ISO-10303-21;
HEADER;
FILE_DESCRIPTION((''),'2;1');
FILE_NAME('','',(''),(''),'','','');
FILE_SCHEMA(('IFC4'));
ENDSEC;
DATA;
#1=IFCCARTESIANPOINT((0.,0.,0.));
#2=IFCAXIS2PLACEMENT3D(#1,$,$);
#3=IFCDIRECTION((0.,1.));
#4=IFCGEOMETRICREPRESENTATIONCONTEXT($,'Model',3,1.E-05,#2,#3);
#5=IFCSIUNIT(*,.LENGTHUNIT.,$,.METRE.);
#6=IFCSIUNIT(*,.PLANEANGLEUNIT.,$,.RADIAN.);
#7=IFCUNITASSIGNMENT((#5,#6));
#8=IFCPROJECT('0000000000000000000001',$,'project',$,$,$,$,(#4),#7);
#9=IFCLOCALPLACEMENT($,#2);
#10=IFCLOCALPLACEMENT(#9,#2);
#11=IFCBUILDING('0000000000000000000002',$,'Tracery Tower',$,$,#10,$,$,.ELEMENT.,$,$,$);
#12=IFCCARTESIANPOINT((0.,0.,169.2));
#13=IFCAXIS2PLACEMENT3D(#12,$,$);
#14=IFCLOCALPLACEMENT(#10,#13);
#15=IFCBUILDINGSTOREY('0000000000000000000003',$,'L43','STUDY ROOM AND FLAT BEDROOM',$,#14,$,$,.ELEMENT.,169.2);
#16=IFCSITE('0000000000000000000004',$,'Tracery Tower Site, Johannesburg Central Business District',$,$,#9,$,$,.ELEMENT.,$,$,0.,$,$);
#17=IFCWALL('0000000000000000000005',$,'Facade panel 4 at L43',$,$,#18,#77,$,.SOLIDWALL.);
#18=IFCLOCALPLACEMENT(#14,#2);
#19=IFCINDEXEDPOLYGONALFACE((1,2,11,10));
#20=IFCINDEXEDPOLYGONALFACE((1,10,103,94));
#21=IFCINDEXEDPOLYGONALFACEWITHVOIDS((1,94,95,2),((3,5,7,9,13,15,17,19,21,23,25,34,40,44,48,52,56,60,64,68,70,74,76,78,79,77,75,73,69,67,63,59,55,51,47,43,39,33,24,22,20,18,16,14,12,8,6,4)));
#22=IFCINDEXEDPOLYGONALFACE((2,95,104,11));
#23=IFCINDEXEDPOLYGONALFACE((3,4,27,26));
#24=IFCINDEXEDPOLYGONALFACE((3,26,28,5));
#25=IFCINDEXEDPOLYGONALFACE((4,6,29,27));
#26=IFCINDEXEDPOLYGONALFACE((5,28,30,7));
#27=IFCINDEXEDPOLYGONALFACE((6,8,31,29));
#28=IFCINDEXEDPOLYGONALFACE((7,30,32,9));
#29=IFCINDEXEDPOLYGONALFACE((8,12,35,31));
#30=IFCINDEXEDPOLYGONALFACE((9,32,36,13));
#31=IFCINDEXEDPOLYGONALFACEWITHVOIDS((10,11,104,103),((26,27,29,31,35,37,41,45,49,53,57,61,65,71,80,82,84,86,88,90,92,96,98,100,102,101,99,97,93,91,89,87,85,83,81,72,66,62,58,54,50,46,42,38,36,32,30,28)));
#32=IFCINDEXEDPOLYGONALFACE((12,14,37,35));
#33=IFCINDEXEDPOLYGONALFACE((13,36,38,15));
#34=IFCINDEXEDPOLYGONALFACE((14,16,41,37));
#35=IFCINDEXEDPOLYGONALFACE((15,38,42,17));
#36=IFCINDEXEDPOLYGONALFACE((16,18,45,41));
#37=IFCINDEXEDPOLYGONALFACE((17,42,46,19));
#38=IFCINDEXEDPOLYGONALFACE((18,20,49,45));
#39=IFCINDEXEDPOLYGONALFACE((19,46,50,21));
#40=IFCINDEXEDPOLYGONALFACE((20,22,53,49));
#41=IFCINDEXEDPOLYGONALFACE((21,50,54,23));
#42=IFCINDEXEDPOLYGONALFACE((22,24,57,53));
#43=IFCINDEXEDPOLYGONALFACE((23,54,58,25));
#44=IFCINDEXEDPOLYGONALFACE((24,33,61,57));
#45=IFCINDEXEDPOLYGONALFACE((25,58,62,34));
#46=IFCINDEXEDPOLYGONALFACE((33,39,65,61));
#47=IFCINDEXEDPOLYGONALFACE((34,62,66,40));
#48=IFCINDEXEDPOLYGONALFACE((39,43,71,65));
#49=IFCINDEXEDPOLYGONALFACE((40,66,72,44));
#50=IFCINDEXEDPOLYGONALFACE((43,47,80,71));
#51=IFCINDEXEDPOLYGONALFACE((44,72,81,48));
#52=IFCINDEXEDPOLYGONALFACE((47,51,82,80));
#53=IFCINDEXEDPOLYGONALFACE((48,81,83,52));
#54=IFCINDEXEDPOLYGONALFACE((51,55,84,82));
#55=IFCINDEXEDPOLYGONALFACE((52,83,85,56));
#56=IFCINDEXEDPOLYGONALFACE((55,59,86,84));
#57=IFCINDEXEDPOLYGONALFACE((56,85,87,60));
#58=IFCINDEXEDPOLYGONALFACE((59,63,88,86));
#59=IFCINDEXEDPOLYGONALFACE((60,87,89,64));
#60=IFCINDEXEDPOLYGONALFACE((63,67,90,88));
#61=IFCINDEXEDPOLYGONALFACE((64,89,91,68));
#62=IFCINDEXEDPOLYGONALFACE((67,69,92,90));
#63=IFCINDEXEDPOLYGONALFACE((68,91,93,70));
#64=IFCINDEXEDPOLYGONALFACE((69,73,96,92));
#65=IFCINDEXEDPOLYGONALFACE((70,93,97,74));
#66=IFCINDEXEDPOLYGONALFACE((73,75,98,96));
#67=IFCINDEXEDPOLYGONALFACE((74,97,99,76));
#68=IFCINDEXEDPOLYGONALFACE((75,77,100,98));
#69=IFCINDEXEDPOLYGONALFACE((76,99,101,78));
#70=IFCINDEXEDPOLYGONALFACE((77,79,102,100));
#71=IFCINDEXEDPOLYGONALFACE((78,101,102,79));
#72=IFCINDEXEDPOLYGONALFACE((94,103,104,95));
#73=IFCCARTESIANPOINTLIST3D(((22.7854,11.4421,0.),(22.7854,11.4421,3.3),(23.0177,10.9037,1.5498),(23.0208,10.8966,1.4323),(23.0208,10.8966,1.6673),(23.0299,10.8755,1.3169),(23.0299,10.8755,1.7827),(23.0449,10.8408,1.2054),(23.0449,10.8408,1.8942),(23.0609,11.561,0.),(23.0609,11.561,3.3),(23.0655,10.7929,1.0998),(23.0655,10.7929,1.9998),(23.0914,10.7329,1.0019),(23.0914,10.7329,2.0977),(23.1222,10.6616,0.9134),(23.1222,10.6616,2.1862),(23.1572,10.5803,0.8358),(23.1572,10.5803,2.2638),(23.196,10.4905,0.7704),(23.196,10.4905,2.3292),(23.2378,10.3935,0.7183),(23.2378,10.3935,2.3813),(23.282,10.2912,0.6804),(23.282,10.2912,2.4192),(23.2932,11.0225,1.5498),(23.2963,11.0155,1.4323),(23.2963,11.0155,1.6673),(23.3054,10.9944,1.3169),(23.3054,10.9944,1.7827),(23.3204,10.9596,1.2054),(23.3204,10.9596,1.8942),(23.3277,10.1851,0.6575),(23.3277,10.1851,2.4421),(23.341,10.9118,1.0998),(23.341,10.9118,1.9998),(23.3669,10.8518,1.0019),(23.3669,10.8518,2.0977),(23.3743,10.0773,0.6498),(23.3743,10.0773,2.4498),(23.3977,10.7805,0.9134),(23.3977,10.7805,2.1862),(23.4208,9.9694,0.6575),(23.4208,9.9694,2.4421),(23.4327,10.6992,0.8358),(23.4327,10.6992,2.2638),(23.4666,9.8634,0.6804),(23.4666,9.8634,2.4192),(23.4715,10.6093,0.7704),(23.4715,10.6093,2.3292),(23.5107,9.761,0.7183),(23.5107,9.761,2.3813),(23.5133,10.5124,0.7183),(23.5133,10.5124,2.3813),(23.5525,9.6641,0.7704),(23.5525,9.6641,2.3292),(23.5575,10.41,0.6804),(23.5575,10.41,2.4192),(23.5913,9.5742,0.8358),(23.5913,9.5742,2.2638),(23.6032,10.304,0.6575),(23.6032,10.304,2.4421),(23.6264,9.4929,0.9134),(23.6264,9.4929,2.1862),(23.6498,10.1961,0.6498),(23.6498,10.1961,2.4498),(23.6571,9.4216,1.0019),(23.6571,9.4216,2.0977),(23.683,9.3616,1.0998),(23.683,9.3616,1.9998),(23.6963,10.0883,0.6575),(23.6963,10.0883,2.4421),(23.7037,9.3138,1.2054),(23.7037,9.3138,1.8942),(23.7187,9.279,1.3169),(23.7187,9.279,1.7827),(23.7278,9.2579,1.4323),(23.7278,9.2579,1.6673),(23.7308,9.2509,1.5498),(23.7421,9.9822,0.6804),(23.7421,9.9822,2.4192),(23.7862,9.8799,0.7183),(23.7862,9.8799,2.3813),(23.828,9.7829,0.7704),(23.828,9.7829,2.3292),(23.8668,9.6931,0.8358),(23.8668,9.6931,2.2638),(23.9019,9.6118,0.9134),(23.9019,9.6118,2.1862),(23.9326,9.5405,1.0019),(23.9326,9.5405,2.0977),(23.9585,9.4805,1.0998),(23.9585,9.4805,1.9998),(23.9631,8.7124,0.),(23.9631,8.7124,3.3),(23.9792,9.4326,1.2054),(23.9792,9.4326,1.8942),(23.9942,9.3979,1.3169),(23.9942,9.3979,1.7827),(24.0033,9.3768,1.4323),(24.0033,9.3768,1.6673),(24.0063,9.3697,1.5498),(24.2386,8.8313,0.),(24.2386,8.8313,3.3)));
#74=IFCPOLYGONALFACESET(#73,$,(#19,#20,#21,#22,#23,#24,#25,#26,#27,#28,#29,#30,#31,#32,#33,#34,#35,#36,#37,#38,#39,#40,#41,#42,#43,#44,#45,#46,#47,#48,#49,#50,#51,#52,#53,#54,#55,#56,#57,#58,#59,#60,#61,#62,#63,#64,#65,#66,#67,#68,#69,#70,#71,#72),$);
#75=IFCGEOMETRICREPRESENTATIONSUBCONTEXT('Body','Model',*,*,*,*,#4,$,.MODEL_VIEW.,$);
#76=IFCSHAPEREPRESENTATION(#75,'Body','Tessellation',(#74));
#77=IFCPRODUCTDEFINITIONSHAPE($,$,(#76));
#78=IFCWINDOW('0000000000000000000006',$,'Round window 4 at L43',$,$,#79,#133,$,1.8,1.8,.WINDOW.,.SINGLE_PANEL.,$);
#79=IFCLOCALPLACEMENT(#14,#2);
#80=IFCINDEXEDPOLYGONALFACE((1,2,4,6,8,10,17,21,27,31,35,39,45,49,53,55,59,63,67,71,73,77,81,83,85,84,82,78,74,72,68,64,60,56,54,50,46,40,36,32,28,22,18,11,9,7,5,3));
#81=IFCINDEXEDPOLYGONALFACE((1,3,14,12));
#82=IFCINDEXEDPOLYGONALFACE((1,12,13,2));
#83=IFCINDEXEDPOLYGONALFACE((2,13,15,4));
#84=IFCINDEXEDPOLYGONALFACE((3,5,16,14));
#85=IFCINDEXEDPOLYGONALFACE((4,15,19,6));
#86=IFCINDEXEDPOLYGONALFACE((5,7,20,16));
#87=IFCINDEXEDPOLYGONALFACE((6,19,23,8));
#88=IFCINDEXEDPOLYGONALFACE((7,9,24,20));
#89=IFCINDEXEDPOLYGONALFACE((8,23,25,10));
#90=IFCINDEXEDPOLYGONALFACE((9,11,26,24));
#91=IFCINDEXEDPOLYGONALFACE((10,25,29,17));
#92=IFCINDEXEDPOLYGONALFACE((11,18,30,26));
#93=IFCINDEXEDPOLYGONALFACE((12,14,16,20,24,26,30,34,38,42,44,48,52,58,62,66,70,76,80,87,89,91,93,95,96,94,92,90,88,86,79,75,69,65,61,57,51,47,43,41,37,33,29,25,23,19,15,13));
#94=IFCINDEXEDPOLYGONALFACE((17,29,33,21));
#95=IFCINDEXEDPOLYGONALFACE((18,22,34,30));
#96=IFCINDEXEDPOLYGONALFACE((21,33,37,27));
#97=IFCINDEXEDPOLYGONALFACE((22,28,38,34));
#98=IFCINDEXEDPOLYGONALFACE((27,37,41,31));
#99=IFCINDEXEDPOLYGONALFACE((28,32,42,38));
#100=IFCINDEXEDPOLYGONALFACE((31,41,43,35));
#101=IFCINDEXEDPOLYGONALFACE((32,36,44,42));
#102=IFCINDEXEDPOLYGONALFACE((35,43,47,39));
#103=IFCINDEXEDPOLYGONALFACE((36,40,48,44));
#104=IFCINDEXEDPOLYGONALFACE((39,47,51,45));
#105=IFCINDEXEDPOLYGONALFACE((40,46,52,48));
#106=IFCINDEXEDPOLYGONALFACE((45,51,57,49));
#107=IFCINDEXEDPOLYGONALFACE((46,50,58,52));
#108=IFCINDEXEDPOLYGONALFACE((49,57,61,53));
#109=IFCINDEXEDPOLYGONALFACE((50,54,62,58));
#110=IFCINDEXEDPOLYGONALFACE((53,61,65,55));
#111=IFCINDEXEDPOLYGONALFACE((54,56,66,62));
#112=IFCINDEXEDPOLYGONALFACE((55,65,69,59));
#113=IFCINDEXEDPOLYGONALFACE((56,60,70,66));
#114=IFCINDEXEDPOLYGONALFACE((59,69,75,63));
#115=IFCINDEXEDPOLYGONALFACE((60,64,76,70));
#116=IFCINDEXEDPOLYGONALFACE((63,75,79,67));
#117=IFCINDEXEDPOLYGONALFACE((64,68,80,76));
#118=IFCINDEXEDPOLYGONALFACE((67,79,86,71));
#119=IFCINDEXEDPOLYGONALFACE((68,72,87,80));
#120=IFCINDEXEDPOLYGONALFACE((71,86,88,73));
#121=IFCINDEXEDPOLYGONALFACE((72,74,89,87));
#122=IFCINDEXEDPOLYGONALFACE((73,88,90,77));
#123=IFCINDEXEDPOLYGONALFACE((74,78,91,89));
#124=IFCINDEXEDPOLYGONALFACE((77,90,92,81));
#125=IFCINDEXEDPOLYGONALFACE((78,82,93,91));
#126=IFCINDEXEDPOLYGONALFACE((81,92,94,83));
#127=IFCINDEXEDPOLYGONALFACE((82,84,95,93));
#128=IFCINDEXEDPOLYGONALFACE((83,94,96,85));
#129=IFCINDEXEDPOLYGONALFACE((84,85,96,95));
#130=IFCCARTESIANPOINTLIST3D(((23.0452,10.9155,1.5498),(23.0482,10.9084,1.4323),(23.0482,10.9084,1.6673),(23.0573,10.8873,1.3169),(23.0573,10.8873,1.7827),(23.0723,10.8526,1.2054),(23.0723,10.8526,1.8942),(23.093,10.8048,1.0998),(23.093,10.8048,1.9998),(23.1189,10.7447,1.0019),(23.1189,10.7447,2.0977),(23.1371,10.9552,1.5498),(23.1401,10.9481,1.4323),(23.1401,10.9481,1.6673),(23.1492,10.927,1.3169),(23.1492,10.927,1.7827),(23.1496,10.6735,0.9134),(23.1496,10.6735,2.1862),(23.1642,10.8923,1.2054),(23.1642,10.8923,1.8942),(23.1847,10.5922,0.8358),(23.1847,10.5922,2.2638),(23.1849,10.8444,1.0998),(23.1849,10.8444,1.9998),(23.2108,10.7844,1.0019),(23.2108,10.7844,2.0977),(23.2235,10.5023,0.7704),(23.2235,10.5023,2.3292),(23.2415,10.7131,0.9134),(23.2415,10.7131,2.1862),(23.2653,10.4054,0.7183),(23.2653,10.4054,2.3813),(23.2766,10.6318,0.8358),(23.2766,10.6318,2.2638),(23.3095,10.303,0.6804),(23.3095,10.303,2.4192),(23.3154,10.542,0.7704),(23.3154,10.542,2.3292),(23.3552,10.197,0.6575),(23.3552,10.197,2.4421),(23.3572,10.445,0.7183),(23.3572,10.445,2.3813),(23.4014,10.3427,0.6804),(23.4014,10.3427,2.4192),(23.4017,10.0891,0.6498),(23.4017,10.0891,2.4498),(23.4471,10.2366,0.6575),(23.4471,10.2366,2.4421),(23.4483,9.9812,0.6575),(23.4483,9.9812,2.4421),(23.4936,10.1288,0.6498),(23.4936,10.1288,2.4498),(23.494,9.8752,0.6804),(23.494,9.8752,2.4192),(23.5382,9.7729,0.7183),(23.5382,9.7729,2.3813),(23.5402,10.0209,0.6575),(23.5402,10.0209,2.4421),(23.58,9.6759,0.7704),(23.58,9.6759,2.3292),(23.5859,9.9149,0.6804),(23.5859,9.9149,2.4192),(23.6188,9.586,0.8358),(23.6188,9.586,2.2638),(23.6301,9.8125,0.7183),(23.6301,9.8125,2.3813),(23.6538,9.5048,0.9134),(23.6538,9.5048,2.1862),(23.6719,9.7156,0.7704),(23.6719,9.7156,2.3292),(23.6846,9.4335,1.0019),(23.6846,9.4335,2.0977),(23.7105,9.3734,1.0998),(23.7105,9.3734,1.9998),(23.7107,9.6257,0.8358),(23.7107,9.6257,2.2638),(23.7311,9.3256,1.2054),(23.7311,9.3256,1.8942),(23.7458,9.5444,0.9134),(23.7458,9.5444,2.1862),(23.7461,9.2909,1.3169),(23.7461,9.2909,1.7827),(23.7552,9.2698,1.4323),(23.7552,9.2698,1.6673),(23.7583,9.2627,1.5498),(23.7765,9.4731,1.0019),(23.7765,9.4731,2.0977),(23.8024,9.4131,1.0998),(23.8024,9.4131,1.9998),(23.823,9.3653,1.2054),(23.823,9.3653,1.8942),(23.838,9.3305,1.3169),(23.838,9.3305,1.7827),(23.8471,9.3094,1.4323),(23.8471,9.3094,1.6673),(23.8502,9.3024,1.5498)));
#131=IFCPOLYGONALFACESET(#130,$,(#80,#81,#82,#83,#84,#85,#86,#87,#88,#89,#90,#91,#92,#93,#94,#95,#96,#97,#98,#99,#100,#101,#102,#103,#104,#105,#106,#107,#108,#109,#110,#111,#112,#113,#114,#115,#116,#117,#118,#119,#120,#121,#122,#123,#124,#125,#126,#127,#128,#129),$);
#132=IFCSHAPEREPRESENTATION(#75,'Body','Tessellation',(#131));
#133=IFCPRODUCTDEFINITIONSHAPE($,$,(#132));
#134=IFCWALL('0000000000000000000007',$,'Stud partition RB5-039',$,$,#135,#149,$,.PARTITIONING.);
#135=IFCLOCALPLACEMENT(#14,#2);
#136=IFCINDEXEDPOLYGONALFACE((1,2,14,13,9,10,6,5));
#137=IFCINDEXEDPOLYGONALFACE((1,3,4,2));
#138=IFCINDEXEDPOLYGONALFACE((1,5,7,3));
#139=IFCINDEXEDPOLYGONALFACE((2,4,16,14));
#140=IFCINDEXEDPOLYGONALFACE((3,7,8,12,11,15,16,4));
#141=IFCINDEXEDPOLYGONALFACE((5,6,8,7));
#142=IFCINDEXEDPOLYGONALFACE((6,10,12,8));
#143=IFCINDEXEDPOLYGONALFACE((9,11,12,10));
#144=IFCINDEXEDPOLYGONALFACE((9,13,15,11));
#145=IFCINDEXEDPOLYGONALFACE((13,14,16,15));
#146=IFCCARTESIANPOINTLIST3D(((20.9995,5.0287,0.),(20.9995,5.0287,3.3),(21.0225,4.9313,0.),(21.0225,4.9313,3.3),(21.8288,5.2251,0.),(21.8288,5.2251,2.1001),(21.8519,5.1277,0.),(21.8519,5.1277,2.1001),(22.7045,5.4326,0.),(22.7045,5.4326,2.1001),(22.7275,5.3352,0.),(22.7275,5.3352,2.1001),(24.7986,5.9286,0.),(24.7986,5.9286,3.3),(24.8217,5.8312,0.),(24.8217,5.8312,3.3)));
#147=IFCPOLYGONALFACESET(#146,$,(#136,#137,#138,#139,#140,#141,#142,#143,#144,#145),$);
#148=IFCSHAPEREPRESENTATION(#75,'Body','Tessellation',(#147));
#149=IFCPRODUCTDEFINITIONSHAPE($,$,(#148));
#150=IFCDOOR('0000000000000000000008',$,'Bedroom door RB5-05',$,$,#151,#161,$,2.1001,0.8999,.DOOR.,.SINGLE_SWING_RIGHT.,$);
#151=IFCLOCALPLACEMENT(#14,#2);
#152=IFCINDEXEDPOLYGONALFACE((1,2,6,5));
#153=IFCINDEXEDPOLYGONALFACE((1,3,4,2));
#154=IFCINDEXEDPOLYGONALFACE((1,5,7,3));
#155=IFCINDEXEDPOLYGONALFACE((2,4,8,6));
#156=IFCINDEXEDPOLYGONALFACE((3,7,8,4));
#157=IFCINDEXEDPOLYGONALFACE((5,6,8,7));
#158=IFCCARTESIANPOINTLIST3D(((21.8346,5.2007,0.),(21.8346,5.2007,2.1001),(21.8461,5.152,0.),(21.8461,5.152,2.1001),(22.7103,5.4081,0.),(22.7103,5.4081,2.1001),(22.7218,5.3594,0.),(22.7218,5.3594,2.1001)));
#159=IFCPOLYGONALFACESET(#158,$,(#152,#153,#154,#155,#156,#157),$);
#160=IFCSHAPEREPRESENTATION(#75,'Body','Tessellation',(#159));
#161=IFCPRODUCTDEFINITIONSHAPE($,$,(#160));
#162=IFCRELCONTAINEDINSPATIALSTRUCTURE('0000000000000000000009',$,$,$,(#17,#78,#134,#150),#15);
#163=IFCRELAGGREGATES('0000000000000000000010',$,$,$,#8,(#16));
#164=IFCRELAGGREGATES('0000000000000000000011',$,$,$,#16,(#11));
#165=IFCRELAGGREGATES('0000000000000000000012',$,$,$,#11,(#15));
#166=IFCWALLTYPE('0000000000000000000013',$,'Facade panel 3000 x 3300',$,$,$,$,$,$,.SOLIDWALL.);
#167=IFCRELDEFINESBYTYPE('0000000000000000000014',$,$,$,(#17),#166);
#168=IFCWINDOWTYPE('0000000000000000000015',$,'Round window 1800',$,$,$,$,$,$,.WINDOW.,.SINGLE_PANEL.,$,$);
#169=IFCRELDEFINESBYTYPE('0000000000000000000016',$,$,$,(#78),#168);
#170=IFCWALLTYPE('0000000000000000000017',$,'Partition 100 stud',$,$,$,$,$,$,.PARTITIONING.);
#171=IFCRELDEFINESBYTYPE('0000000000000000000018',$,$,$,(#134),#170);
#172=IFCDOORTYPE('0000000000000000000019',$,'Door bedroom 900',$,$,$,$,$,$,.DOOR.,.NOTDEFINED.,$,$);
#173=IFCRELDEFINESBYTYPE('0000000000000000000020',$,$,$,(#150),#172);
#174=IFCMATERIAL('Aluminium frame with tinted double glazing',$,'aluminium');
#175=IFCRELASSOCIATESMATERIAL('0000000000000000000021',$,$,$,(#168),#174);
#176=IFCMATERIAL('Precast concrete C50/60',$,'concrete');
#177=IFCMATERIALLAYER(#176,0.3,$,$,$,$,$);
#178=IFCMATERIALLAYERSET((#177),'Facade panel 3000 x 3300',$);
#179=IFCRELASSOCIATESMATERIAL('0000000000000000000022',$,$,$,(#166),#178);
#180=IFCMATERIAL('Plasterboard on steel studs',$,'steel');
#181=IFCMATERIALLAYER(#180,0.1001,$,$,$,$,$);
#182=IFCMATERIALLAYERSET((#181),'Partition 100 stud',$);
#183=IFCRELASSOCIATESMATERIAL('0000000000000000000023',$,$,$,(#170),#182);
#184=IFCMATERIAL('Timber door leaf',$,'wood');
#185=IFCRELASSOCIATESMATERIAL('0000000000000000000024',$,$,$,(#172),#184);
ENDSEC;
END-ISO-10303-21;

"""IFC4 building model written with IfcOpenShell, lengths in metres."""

from ifc_helpers import new_model, si_unit, direction, frame, frame_2d, origin, origin_2d, place, context, subcontext, project, spatial, rectangle, circle, extrude, material, layer, layer_set, type_object, element, fill, save


model = new_model("IFC4")

# Units and contexts
model_context = context("Model", 3, precision=1e-05, world=origin(), true_north=direction((0.0, 1.0)))
body_context = subcontext(model_context, "Body", "Model", "MODEL_VIEW")
ifc_project = project(units=[si_unit("LENGTHUNIT", "METRE"), si_unit("PLANEANGLEUNIT", "RADIAN")], contexts=[model_context])

# Site, building, storey
site_placement = place(None, origin())
site = spatial("IfcSite", under=ifc_project, at=site_placement, Name="Tracery Tower Site, Johannesburg Central Business District", CompositionType="ELEMENT", RefElevation=0.0)
building_placement = place(site_placement, origin())
building = spatial("IfcBuilding", under=site, at=building_placement, Name="Tracery Tower", CompositionType="ELEMENT")
storey_placement = place(building_placement, frame((0.0, 0.0, 169.2)))
storey = spatial("IfcBuildingStorey", under=building, at=storey_placement, Name="L43", Description="STUDY ROOM AND FLAT BEDROOM", CompositionType="ELEMENT", Elevation=169.2)

# Wall, opening, window
ifc_material_1 = material(Name="Aluminium frame with tinted double glazing", Category="aluminium")
window_type = type_object("IfcWindowType", Name="Round window 1800", PartitioningType="SINGLE_PANEL", PredefinedType="WINDOW", material=ifc_material_1)
ifc_material_2 = material(Name="Precast concrete C50/60", Category="concrete")
ifc_layer_1 = layer(ifc_material_2, 0.3)
ifc_layer_set_1 = layer_set([ifc_layer_1], Name="Facade panel 3000 x 3300")
wall_type_1 = type_object("IfcWallType", Name="Facade panel 3000 x 3300", PredefinedType="SOLIDWALL", material=ifc_layer_set_1)
wall_1_placement = place(storey_placement, frame((24.1008, 8.772, 0.0), z_axis=(0.0, 0.0, 1.0), x_axis=(-0.396148, 0.918187, 0.0)))
wall_1 = element("IfcWall", 1, at=wall_1_placement, inside=storey, type_object=wall_type_1, Name="Facade panel 4 at L43", PredefinedType="SOLIDWALL", context=body_context, shape_type="SweptSolid", body=[
    extrude(rectangle(XDim=2.9729, YDim=0.3, at=frame_2d((1.4863, 0.0))), origin(), (0.0, 0.0, 1.0), 3.3),
])
opening_1_placement = place(wall_1_placement, frame((1.4863, 0.0, 1.5498)))
opening_1 = element("IfcOpeningElement", 2, at=opening_1_placement, cuts=wall_1, PredefinedType="OPENING", context=body_context, shape_type="SweptSolid", body=[
    extrude(circle(Radius=0.9, at=origin_2d()), frame((0.0, 0.1599, 0.0), z_axis=(0.0, -1.0, 0.0), x_axis=(1.0, 0.0, 0.0)), (0.0, 0.0, 1.0), 0.3201),
])
window_1_placement = place(opening_1_placement, origin())
window_1 = element("IfcWindow", 3, at=window_1_placement, inside=storey, type_object=window_type, Name="Round window 4 at L43", OverallHeight=1.8, OverallWidth=1.8, PartitioningType="SINGLE_PANEL", PredefinedType="WINDOW", context=body_context, shape_type="SweptSolid", body=[
    extrude(circle(Radius=0.9, at=origin_2d()), frame((0.0, 0.1201, 0.0), z_axis=(0.0, -1.0, 0.0), x_axis=(1.0, 0.0, 0.0)), (0.0, 0.0, 1.0), 0.1001),
])
fill(opening_1, window_1)

# Wall, opening, door
ifc_material_3 = material(Name="Plasterboard on steel studs", Category="steel")
ifc_layer_2 = layer(ifc_material_3, 0.1001)
ifc_layer_set_2 = layer_set([ifc_layer_2], Name="Partition 100 stud")
wall_type_2 = type_object("IfcWallType", Name="Partition 100 stud", PredefinedType="PARTITIONING", material=ifc_layer_set_2)
wall_2_placement = place(storey_placement, frame((21.011, 4.98, 0.0), z_axis=(0.0, 0.0, 1.0), x_axis=(0.973073, 0.230496, 0.0)))
wall_2 = element("IfcWall", 4, at=wall_2_placement, inside=storey, type_object=wall_type_2, Name="Stud partition RB5-039", PredefinedType="PARTITIONING", context=body_context, shape_type="SweptSolid", body=[
    extrude(rectangle(XDim=3.9043, YDim=0.1001, at=frame_2d((1.9521, 0.0))), origin(), (0.0, 0.0, 1.0), 3.3),
])
opening_2_placement = place(wall_2_placement, frame((0.8523, 0.0, 0.0)))
opening_2 = element("IfcOpeningElement", 5, at=opening_2_placement, cuts=wall_2, PredefinedType="OPENING", context=body_context, shape_type="SweptSolid", body=[
    extrude(rectangle(XDim=0.8999, YDim=2.1001, at=frame_2d((0.45, 1.05))), frame((0.0, 0.05, 0.0), z_axis=(0.0, -1.0, 0.0), x_axis=(1.0, 0.0, 0.0)), (0.0, 0.0, 1.0), 0.1001),
])
ifc_material_4 = material(Name="Timber door leaf", Category="wood")
door_type_1 = type_object("IfcDoorType", Name="Door bedroom 900", OperationType="NOTDEFINED", PredefinedType="DOOR", material=ifc_material_4)
door_1_placement = place(opening_2_placement, origin())
door_1 = element("IfcDoor", 6, at=door_1_placement, inside=storey, type_object=door_type_1, Name="Bedroom door RB5-05", OperationType="SINGLE_SWING_RIGHT", OverallHeight=2.1001, OverallWidth=0.8999, PredefinedType="DOOR", context=body_context, shape_type="SweptSolid", body=[
    extrude(rectangle(XDim=0.8999, YDim=2.1001, at=frame_2d((0.45, 1.05))), frame((0.0, 0.0249, 0.0), z_axis=(0.0, -1.0, 0.0), x_axis=(1.0, 0.0, 0.0)), (0.0, 0.0, 1.0), 0.05),
])
fill(opening_2, door_1)

save(model, "model.ifc")
